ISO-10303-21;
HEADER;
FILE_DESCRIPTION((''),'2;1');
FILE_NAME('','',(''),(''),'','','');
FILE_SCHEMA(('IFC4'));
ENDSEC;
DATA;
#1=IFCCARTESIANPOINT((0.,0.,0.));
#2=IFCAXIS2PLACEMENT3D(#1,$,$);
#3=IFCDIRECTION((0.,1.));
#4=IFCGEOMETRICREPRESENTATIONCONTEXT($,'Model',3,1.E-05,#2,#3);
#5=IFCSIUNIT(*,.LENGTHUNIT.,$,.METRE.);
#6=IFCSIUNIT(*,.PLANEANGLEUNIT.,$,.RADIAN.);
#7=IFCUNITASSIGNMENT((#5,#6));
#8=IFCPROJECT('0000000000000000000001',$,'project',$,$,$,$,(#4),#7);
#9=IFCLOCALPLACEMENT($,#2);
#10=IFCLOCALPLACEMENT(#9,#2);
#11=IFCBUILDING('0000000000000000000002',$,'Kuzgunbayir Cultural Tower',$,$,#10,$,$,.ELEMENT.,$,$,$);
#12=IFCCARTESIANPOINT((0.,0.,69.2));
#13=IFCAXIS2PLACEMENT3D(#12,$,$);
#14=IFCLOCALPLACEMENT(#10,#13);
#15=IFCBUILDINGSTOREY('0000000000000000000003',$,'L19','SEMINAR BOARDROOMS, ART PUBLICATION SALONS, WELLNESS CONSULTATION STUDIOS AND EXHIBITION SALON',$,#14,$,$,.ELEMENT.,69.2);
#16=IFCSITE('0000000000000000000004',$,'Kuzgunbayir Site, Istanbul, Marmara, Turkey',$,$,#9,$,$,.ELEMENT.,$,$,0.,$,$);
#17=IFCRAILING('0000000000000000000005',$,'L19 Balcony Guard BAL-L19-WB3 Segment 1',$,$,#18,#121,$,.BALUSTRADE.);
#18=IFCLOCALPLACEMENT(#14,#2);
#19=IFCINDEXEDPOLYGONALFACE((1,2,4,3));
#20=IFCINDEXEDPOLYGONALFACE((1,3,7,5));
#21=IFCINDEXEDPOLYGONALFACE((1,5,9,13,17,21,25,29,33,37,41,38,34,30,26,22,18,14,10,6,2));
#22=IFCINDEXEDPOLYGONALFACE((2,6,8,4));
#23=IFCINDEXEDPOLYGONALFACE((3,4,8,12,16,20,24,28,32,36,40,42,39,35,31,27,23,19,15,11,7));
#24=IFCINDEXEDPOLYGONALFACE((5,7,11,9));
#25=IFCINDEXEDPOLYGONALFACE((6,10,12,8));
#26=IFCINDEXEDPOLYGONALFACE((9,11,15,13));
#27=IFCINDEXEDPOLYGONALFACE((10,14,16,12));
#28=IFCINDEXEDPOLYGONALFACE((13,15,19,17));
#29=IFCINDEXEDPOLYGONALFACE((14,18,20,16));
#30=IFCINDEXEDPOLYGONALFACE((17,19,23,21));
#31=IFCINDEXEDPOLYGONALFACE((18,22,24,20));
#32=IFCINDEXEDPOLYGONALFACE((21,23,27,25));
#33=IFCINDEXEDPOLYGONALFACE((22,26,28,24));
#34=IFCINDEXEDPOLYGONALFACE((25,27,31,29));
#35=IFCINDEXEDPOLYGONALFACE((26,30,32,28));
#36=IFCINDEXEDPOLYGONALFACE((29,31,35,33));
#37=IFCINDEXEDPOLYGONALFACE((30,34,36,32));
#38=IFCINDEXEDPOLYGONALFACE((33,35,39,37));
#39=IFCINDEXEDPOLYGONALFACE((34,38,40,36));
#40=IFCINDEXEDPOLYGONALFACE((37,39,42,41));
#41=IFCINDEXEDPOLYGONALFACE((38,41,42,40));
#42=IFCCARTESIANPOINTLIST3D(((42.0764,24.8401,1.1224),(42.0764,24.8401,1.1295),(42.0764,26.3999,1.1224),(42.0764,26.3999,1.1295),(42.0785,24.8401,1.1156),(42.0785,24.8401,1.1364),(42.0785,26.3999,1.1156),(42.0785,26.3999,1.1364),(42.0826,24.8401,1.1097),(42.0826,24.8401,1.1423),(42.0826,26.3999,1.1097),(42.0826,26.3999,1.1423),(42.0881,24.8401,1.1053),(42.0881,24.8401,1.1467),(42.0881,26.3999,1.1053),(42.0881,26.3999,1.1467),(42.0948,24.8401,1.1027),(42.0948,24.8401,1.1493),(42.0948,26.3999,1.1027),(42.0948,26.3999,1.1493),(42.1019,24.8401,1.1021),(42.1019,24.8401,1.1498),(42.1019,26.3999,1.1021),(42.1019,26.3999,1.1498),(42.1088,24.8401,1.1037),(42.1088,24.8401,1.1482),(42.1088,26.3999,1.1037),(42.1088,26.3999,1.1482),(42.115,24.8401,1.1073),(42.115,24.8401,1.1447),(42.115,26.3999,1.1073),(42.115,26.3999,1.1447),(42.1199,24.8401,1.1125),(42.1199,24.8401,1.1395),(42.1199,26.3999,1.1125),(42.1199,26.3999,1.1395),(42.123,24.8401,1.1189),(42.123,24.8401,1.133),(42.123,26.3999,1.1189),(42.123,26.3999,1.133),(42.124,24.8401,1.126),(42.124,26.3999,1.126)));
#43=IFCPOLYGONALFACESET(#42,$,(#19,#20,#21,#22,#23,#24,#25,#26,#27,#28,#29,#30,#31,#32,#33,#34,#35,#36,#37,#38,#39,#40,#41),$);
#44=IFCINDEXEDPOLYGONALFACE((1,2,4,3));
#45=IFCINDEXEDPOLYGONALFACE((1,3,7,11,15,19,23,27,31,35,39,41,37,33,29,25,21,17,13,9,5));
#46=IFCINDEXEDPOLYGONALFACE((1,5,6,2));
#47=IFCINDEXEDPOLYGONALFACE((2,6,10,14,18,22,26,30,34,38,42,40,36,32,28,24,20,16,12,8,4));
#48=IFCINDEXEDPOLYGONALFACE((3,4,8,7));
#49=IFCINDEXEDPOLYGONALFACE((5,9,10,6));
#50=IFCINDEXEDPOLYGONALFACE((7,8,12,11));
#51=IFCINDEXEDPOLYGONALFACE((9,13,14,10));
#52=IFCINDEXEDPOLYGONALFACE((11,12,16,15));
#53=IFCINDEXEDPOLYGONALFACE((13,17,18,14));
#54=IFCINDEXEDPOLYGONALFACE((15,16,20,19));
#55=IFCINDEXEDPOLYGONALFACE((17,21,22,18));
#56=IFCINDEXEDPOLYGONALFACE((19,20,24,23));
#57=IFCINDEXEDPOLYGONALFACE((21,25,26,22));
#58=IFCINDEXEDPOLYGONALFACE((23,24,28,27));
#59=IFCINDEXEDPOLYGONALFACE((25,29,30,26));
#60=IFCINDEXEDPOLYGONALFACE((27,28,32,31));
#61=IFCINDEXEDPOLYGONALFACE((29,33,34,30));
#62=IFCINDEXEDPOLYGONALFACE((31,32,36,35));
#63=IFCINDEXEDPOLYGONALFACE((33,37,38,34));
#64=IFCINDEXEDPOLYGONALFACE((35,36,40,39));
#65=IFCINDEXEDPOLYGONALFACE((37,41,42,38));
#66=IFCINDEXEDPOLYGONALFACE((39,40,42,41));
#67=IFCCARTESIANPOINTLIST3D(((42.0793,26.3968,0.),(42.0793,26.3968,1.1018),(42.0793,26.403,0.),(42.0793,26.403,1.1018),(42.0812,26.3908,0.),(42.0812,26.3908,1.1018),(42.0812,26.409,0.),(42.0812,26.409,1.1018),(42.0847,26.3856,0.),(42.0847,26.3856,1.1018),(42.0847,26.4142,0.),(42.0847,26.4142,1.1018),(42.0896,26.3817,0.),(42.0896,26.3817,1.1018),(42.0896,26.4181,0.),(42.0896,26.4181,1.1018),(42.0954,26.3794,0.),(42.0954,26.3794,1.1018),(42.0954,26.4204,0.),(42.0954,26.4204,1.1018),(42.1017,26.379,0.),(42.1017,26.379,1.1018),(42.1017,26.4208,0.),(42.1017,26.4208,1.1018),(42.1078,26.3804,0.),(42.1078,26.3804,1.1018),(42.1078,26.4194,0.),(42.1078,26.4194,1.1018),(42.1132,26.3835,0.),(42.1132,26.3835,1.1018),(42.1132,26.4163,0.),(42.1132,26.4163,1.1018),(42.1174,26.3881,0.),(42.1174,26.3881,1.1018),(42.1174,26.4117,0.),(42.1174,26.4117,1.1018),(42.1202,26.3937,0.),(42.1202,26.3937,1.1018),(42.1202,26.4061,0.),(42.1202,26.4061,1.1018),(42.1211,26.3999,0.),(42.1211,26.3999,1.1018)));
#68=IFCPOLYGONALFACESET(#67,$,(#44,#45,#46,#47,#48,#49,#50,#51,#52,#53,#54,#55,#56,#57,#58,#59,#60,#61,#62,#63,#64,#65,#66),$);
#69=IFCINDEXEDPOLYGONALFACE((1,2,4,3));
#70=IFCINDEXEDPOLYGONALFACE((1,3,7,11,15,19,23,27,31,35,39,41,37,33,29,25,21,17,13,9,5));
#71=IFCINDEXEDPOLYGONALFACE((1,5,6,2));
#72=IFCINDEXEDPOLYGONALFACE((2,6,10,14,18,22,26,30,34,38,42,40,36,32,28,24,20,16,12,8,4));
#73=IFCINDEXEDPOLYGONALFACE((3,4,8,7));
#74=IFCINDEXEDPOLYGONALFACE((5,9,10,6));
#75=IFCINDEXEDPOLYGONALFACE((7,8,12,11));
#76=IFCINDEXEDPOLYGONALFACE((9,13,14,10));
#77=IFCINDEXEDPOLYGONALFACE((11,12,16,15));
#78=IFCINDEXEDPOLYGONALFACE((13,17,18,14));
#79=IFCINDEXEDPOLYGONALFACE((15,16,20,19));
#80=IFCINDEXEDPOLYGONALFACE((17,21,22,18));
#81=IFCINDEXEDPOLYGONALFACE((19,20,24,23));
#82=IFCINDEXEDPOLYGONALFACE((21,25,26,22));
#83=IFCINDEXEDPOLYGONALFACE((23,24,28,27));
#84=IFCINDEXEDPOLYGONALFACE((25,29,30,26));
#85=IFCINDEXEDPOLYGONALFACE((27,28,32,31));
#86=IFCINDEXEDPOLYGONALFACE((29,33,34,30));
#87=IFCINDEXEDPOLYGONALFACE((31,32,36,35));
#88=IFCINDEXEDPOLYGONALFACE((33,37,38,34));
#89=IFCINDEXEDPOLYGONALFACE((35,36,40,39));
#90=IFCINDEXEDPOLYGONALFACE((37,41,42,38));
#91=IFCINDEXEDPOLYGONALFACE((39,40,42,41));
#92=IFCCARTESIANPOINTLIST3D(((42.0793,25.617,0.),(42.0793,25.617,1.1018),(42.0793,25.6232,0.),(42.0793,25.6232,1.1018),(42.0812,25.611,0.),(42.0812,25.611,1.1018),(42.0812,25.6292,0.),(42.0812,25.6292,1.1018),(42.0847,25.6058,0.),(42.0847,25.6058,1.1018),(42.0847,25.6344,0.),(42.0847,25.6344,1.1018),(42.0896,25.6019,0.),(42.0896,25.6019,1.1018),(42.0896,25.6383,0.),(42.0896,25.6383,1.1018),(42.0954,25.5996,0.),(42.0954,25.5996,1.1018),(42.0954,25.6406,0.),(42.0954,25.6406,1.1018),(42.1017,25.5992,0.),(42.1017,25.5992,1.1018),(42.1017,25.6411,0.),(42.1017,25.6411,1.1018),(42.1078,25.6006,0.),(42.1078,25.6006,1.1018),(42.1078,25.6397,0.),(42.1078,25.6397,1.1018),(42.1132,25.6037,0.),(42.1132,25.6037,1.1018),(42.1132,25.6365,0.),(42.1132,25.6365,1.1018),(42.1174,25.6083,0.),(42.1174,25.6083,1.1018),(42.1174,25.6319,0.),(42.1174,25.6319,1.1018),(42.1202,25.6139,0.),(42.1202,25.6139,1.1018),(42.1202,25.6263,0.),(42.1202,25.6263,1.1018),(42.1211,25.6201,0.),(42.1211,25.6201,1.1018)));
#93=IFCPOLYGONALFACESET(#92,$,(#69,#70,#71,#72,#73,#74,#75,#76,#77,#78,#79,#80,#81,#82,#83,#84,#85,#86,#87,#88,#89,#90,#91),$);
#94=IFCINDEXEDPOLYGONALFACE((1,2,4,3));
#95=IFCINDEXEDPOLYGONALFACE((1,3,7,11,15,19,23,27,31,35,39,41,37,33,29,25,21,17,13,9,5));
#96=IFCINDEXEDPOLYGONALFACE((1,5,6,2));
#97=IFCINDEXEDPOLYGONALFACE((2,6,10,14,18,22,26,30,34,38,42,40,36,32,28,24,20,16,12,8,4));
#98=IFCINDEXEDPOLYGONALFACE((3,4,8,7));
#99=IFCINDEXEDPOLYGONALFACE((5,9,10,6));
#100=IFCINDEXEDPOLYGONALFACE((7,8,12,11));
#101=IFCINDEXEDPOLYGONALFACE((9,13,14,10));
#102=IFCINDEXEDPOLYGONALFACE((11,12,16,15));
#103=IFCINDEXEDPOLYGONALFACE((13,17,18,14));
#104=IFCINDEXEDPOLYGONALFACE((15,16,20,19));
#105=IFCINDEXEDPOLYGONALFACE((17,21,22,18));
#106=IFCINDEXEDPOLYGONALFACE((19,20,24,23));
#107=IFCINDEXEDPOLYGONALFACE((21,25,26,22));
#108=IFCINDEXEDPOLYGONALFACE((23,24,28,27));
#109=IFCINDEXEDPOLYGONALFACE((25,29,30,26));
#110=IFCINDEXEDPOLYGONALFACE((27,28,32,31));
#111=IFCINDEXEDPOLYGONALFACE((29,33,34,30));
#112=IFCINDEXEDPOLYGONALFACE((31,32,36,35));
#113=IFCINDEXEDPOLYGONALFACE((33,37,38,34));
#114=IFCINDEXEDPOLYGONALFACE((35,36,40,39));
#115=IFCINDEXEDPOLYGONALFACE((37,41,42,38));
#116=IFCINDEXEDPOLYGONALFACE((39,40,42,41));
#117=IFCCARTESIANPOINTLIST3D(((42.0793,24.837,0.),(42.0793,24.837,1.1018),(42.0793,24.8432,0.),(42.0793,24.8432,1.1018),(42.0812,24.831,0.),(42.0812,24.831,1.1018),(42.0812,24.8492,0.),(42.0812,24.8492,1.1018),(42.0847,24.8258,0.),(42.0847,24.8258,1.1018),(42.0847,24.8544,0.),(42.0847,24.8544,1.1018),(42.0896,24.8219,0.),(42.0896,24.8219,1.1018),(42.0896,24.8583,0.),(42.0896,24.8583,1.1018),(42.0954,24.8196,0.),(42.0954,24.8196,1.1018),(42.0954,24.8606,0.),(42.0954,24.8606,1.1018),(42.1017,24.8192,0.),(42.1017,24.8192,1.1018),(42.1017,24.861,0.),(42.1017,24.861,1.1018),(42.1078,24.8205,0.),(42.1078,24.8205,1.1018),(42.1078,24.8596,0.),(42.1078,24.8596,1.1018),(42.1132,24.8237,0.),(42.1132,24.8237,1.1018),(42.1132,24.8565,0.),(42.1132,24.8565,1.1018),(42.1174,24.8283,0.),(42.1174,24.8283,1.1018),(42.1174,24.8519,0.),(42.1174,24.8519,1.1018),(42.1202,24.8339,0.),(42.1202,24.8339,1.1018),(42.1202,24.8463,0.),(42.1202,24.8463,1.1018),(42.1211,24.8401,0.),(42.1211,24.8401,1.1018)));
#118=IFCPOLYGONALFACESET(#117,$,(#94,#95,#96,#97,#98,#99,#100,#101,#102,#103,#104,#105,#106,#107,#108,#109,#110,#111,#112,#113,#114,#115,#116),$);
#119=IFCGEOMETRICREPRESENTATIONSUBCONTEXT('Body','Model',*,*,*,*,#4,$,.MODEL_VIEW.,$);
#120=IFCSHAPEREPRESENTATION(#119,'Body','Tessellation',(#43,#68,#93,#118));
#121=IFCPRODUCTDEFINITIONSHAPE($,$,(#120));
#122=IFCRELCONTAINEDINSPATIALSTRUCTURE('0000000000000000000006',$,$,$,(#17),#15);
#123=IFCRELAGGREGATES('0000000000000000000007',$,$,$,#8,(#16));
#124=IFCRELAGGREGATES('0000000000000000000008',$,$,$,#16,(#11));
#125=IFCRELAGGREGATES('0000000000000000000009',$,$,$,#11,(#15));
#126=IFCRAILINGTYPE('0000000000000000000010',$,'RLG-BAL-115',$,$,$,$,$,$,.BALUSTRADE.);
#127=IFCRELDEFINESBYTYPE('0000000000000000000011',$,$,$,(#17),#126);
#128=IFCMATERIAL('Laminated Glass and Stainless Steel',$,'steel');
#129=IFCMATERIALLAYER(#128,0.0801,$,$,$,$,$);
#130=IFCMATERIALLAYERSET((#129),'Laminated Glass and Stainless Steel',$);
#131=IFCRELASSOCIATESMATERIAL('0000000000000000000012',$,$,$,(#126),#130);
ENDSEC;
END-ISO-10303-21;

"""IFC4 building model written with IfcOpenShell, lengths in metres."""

from ifc_helpers import new_model, si_unit, direction, frame, origin, origin_2d, place, context, subcontext, project, spatial, circle, extrude, material, layer, layer_set, type_object, element, save


model = new_model("IFC4")

# Units and contexts
model_context = context("Model", 3, precision=1e-05, world=origin(), true_north=direction((0.0, 1.0)))
body_context = subcontext(model_context, "Body", "Model", "MODEL_VIEW")
ifc_project = project(units=[si_unit("LENGTHUNIT", "METRE"), si_unit("PLANEANGLEUNIT", "RADIAN")], contexts=[model_context])

# Site, building, storey
site_placement = place(None, origin())
site = spatial("IfcSite", under=ifc_project, at=site_placement, Name="Kuzgunbayir Site, Istanbul, Marmara, Turkey", CompositionType="ELEMENT", RefElevation=0.0)
building_placement = place(site_placement, origin())
building = spatial("IfcBuilding", under=site, at=building_placement, Name="Kuzgunbayir Cultural Tower", CompositionType="ELEMENT")
storey_placement = place(building_placement, frame((0.0, 0.0, 69.2)))
storey = spatial("IfcBuildingStorey", under=building, at=storey_placement, Name="L19", Description="SEMINAR BOARDROOMS, ART PUBLICATION SALONS, WELLNESS CONSULTATION STUDIOS AND EXHIBITION SALON", CompositionType="ELEMENT", Elevation=69.2)

# Railing
ifc_material_1 = material(Name="Laminated Glass and Stainless Steel", Category="steel")
ifc_layer_1 = layer(ifc_material_1, 0.0801)
ifc_layer_set_1 = layer_set([ifc_layer_1], Name="Laminated Glass and Stainless Steel")
railing_type = type_object("IfcRailingType", Name="RLG-BAL-115", PredefinedType="BALUSTRADE", material=ifc_layer_set_1)
railing_1_placement = place(storey_placement, frame((42.1001, 26.3999, 0.0)))
element("IfcRailing", 1, at=railing_1_placement, inside=storey, type_object=railing_type, Name="L19 Balcony Guard BAL-L19-WB3 Segment 1", PredefinedType="BALUSTRADE", context=body_context, shape_type="SweptSolid", body=[
    extrude(circle(Radius=0.0239, at=origin_2d()), frame((0.0, 0.0, 1.126), z_axis=(0.0, -1.0, 0.0), x_axis=(1.0, 0.0, 0.0)), (0.0, 0.0, 1.0), 1.5598),
    extrude(circle(Radius=0.021, at=origin_2d()), origin(), (0.0, 0.0, 1.0), 1.1018),
    extrude(circle(Radius=0.021, at=origin_2d()), frame((0.0, -0.7798, 0.0)), (0.0, 0.0, 1.0), 1.1018),
    extrude(circle(Radius=0.021, at=origin_2d()), frame((0.0, -1.5598, 0.0)), (0.0, 0.0, 1.0), 1.1018),
])

save(model, "model.ifc")
